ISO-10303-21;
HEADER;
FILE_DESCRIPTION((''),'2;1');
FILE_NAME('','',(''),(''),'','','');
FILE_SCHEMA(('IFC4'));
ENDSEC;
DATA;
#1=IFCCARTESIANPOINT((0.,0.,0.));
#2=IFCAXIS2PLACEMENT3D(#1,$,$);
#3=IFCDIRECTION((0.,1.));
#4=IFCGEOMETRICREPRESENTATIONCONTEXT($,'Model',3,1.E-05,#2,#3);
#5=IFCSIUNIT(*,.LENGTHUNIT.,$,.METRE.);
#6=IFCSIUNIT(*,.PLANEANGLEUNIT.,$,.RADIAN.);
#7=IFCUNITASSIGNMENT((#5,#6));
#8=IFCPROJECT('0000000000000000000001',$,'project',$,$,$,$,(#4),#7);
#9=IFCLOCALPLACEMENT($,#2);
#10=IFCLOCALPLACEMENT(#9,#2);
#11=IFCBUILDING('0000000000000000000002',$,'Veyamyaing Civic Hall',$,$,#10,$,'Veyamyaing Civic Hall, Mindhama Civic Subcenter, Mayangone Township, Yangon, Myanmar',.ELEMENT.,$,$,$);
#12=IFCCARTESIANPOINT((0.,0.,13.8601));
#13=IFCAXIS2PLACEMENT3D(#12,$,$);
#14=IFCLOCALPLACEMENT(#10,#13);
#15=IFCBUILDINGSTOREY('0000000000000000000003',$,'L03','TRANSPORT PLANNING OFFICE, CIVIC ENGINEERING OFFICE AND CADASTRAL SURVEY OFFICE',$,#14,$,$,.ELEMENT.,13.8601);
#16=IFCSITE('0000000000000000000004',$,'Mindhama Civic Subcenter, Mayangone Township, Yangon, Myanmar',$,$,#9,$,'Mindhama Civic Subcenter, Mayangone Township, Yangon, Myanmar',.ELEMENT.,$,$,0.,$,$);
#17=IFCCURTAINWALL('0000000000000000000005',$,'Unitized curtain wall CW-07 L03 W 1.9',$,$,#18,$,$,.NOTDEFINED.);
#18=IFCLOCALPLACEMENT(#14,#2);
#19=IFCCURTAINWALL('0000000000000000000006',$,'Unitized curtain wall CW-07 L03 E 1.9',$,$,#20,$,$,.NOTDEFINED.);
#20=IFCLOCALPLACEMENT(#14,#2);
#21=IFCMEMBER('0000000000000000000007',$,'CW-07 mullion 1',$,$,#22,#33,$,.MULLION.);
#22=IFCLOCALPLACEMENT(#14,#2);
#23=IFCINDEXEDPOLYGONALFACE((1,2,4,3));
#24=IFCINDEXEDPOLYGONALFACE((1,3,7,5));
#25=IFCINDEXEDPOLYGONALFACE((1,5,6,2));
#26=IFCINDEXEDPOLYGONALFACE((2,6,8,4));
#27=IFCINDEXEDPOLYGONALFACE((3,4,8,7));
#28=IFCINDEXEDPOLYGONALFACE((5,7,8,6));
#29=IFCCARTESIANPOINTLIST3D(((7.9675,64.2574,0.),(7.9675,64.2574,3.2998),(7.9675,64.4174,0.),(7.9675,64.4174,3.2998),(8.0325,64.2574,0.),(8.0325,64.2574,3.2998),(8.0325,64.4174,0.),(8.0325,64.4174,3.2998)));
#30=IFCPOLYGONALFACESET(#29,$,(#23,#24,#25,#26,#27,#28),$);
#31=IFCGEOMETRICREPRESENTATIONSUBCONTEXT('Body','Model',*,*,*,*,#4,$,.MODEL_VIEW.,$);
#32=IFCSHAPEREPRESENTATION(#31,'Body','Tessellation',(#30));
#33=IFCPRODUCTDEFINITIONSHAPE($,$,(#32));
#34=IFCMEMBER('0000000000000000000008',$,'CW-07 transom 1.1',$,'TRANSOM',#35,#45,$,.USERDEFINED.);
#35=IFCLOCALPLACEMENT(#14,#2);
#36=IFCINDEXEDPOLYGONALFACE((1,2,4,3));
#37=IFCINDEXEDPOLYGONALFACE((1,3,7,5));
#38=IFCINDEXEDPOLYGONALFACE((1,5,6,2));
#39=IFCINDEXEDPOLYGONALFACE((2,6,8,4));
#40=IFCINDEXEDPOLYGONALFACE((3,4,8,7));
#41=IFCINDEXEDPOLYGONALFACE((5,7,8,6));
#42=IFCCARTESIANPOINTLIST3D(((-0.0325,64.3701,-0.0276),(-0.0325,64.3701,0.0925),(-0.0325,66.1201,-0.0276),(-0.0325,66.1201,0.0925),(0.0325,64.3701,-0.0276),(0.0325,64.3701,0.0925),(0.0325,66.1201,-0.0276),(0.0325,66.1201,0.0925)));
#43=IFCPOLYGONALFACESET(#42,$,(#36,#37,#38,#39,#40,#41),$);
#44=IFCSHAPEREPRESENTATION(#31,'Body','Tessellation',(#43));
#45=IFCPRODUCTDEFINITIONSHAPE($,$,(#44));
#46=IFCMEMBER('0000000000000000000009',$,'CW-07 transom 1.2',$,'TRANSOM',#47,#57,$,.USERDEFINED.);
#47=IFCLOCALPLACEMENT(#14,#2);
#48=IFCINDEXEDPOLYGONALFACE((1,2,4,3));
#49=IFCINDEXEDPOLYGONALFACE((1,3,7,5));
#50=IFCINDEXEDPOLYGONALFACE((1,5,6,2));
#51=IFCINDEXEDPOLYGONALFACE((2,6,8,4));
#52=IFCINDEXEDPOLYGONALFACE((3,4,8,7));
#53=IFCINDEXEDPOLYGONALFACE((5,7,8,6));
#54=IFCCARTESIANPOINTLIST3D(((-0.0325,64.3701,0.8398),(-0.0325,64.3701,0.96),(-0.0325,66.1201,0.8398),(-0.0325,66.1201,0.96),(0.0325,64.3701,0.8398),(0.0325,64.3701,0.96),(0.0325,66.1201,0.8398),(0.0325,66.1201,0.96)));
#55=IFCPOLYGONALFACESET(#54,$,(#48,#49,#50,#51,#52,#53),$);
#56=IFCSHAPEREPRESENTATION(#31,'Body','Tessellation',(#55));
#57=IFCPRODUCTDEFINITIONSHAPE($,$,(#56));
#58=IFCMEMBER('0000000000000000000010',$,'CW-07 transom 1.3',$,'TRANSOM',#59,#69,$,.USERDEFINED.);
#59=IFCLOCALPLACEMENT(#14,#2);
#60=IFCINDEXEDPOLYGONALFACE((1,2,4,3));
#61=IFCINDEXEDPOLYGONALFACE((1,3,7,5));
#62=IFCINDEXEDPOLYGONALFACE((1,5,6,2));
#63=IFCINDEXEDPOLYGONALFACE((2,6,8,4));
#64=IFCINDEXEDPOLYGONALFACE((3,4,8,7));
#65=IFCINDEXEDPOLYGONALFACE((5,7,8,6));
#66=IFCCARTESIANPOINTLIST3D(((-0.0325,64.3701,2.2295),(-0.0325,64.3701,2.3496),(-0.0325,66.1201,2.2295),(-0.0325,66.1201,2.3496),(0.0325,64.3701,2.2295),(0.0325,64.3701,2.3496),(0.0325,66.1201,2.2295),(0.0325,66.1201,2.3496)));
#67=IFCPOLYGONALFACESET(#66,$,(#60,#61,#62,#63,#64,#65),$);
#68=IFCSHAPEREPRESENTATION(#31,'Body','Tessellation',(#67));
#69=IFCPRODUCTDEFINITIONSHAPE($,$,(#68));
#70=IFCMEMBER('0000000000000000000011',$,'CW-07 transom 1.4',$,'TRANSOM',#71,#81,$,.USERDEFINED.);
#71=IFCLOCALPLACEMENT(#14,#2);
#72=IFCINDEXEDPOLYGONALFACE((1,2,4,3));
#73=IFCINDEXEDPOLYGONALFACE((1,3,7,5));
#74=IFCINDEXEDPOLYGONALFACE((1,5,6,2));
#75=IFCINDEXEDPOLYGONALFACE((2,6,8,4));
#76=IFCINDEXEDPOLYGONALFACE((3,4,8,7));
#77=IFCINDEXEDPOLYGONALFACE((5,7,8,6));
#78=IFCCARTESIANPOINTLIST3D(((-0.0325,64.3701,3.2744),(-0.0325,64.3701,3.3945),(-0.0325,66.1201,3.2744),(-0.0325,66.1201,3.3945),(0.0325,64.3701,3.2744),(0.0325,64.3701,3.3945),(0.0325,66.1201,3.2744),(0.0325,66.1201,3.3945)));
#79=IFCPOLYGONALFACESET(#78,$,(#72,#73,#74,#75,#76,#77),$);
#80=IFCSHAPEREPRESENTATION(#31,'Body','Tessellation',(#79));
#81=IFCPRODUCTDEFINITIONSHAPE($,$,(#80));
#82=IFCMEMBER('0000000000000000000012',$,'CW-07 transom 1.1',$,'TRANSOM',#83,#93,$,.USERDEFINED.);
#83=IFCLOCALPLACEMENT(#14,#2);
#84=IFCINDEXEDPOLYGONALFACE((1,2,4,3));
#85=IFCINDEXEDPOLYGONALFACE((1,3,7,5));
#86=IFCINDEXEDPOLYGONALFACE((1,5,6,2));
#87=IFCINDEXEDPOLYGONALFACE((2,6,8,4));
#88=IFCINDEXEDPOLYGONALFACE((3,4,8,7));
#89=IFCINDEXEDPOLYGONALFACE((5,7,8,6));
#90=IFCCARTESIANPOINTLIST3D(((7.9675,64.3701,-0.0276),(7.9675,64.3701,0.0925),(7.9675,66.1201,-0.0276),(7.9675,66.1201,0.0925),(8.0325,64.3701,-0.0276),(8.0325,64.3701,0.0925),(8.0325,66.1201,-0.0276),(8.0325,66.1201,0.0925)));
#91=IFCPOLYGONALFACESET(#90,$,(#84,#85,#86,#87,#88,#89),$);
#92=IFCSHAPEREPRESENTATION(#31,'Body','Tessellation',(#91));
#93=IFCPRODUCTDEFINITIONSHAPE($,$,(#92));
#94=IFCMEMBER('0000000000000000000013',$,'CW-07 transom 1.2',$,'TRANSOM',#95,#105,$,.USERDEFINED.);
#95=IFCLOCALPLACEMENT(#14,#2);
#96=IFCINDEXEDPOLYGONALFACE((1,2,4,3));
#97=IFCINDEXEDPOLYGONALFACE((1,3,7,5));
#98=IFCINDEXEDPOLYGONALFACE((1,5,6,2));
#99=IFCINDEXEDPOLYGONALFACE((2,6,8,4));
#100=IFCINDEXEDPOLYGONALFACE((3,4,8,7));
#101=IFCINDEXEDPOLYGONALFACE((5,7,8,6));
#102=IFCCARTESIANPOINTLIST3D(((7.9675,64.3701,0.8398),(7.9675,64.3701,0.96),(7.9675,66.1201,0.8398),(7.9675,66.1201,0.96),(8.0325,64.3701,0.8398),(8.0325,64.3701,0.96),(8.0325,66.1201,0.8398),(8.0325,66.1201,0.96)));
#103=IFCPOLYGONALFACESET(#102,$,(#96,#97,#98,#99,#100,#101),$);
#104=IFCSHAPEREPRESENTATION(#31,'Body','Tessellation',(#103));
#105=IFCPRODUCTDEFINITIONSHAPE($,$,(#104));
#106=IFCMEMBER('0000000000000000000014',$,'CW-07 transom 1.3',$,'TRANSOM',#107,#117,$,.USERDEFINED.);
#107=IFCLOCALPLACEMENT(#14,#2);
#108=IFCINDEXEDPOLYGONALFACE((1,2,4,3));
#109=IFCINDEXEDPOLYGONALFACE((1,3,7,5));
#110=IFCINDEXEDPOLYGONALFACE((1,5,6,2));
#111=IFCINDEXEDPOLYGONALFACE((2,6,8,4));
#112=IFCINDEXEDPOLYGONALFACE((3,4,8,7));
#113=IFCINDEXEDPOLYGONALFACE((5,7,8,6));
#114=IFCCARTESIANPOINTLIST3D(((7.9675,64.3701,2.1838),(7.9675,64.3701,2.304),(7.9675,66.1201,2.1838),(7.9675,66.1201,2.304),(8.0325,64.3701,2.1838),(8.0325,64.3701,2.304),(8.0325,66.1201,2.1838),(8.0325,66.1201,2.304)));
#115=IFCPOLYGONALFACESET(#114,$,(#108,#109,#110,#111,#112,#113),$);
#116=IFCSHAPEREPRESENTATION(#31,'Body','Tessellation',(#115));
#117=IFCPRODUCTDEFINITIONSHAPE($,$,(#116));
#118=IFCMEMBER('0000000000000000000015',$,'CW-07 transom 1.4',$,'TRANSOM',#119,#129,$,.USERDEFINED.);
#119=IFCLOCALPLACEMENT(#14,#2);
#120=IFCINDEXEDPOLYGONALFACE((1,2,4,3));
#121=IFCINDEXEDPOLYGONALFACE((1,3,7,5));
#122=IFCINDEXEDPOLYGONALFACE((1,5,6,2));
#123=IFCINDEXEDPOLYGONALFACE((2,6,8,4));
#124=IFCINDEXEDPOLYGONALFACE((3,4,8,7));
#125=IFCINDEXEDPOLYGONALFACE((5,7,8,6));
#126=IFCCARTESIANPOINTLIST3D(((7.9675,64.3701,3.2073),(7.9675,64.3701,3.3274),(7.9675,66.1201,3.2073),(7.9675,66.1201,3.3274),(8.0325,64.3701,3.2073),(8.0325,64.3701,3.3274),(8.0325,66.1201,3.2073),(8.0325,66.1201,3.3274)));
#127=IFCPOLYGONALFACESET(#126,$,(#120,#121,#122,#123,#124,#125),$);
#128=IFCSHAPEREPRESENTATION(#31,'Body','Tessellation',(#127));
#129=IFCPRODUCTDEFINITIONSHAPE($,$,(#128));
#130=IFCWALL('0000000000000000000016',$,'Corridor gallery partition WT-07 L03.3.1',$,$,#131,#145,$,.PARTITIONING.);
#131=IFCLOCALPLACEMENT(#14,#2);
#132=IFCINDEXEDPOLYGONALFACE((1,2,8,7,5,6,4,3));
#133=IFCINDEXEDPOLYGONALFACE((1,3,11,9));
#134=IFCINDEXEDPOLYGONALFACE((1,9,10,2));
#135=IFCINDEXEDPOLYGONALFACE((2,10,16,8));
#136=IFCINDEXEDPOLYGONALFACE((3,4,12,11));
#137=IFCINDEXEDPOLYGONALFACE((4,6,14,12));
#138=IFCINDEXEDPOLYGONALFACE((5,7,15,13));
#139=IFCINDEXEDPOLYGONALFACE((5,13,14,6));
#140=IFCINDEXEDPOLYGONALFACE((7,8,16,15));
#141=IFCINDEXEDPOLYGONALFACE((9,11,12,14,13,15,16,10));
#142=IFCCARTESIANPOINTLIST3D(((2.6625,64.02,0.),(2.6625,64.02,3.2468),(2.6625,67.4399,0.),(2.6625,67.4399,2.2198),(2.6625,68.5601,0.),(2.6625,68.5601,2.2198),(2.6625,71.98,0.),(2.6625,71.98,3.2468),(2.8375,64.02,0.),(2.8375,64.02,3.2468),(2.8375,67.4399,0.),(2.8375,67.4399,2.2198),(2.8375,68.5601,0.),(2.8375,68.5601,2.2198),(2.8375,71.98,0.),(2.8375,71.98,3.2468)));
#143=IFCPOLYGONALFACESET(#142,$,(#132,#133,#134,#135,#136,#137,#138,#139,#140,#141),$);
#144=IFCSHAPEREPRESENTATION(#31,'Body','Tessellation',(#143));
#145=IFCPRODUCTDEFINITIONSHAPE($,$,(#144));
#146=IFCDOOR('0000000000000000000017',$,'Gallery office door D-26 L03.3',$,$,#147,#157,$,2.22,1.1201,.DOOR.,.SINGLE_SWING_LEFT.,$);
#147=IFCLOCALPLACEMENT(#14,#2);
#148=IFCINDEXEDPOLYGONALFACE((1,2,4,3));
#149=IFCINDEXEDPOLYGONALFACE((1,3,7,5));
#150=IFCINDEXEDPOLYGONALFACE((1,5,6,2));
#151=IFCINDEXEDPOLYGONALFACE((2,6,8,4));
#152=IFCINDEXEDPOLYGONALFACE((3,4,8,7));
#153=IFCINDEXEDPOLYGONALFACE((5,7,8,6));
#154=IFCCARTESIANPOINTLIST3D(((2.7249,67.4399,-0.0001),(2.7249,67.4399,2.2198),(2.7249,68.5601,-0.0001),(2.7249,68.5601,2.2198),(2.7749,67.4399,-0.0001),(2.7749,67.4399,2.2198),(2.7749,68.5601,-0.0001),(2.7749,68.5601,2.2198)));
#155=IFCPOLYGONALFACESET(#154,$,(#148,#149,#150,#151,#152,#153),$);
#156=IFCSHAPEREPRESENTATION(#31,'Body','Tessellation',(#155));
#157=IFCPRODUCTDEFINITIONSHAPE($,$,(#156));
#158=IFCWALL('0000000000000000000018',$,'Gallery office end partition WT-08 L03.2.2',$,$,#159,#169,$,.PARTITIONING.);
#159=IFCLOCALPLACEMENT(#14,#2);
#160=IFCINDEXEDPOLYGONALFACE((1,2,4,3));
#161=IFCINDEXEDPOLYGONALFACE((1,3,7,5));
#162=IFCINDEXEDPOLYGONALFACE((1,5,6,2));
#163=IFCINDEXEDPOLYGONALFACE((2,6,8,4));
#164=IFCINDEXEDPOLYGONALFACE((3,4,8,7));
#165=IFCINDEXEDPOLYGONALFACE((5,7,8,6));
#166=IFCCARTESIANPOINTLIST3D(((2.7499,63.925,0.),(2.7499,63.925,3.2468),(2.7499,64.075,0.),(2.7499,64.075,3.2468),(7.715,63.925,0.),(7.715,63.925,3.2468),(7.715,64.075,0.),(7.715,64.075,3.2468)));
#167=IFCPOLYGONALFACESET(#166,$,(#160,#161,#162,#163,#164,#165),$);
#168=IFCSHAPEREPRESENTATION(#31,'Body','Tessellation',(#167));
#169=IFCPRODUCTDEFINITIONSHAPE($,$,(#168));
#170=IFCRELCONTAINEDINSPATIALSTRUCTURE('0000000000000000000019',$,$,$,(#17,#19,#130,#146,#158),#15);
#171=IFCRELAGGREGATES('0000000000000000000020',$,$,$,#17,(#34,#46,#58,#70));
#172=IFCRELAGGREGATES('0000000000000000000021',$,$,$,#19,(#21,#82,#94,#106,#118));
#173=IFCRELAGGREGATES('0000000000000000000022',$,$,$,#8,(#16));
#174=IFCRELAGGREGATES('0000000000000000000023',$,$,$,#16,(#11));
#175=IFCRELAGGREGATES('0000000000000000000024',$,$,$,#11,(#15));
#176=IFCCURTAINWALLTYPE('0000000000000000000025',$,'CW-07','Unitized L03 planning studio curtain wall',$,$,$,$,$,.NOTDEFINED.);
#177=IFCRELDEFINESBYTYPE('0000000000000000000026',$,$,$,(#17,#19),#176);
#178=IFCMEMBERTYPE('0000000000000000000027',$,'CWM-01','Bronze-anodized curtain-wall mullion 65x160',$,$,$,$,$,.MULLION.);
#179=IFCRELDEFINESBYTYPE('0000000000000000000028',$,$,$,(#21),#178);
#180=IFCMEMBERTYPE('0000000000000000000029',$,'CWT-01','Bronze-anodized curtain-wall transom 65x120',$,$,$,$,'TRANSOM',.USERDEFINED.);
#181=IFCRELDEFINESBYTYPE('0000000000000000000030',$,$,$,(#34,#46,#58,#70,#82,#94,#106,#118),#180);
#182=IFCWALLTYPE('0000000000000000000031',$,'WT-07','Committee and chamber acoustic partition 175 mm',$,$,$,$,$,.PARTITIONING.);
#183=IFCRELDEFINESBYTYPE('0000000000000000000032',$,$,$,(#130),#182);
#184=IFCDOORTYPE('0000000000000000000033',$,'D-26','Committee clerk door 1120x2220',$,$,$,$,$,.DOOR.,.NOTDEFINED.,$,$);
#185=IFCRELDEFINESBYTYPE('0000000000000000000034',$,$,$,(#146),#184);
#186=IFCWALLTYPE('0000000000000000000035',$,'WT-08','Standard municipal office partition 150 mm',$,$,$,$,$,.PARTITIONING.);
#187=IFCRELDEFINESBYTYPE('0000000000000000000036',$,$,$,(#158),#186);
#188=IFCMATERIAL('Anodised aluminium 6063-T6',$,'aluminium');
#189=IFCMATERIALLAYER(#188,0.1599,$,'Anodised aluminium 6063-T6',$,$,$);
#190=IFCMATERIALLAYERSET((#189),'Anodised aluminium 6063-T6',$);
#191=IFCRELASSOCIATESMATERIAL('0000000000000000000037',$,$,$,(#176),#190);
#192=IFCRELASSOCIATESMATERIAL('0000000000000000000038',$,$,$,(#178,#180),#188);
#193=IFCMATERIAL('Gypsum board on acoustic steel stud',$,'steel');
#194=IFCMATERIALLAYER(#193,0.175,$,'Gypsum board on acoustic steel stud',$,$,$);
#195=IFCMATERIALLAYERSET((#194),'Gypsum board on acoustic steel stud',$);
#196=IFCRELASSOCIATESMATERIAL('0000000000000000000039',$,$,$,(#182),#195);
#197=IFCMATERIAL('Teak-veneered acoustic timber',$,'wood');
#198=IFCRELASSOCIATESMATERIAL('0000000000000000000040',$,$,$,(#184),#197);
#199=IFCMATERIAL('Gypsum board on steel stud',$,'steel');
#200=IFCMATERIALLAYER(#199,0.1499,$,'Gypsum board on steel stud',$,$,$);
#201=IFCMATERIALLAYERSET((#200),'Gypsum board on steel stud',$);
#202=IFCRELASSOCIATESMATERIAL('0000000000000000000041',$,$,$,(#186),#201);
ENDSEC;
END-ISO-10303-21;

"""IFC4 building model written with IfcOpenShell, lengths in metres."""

from ifc_helpers import new_model, si_unit, direction, frame, frame_2d, origin, origin_2d, place, context, subcontext, project, spatial, rectangle, extrude, material, layer, layer_set, material_profile, profile_set, type_object, element, fill, aggregate, save


model = new_model("IFC4")

# Units and contexts
model_context = context("Model", 3, precision=1e-05, world=origin(), true_north=direction((0.0, 1.0)))
body_context = subcontext(model_context, "Body", "Model", "MODEL_VIEW")
ifc_project = project(units=[si_unit("LENGTHUNIT", "METRE"), si_unit("PLANEANGLEUNIT", "RADIAN")], contexts=[model_context])

# Site, building, storey
site_placement = place(None, origin())
site = spatial("IfcSite", under=ifc_project, at=site_placement, Name="Mindhama Civic Subcenter, Mayangone Township, Yangon, Myanmar", LongName="Mindhama Civic Subcenter, Mayangone Township, Yangon, Myanmar", CompositionType="ELEMENT", RefElevation=0.0)
building_placement = place(site_placement, origin())
building = spatial("IfcBuilding", under=site, at=building_placement, Name="Veyamyaing Civic Hall", LongName="Veyamyaing Civic Hall, Mindhama Civic Subcenter, Mayangone Township, Yangon, Myanmar", CompositionType="ELEMENT")
storey_placement = place(building_placement, frame((0.0, 0.0, 13.8601)))
storey = spatial("IfcBuildingStorey", under=building, at=storey_placement, Name="L03", Description="TRANSPORT PLANNING OFFICE, CIVIC ENGINEERING OFFICE AND CADASTRAL SURVEY OFFICE", CompositionType="ELEMENT", Elevation=13.8601)

# Curtain walls, member
ifc_material_1 = material(Name="Anodised aluminium 6063-T6", Category="aluminium")
ifc_layer_1 = layer(ifc_material_1, 0.1599, Name="Anodised aluminium 6063-T6")
ifc_layer_set_1 = layer_set([ifc_layer_1], Name="Anodised aluminium 6063-T6")
curtain_wall_type = type_object("IfcCurtainWallType", Name="CW-07", Description="Unitized L03 planning studio curtain wall", PredefinedType="NOTDEFINED", material=ifc_layer_set_1)
curtain_wall_1_placement = place(storey_placement, origin())
curtain_wall_1 = element("IfcCurtainWall", 1, at=curtain_wall_1_placement, inside=storey, type_object=curtain_wall_type, Name="Unitized curtain wall CW-07 L03 W 1.9", PredefinedType="NOTDEFINED")
ifc_material_profile_1 = material_profile(ifc_material_1, rectangle(XDim=0.0649, YDim=0.1599, at=origin_2d()), Name="ALU-MUL-65X160")
ifc_profile_set_1 = profile_set([ifc_material_profile_1], Name="Anodised aluminium 6063-T6")
member_type_1 = type_object("IfcMemberType", Name="CWM-01", Description="Bronze-anodized curtain-wall mullion 65x160", PredefinedType="MULLION", material=ifc_profile_set_1)
curtain_wall_2_placement = place(storey_placement, origin())
curtain_wall_2 = element("IfcCurtainWall", 2, at=curtain_wall_2_placement, inside=storey, type_object=curtain_wall_type, Name="Unitized curtain wall CW-07 L03 E 1.9", PredefinedType="NOTDEFINED")
member_1_placement = place(storey_placement, frame((8.0, 64.3374, 0.0), z_axis=(0.0, 0.0, 1.0), x_axis=(-1.0, 0.0, 0.0)))
member_1 = element("IfcMember", 3, at=member_1_placement, type_object=member_type_1, Name="CW-07 mullion 1", PredefinedType="MULLION", context=body_context, shape_type="SweptSolid", body=[
    extrude(rectangle(XDim=0.0649, YDim=0.1599, at=origin_2d()), origin(), (0.0, 0.0, 1.0), 3.2998),
])

# Members
ifc_material_profile_2 = material_profile(ifc_material_1, rectangle(XDim=0.0649, YDim=0.1201, at=origin_2d()), Name="ALU-TRN-65X120")
ifc_profile_set_2 = profile_set([ifc_material_profile_2], Name="Anodised aluminium 6063-T6")
member_type_2 = type_object("IfcMemberType", Name="CWT-01", Description="Bronze-anodized curtain-wall transom 65x120", ElementType="TRANSOM", PredefinedType="USERDEFINED", material=ifc_profile_set_2)
member_2_placement = place(storey_placement, frame((0.0, 64.3701, 0.0325), z_axis=(0.0, 1.0, 0.0), x_axis=(-1.0, 0.0, 0.0)))
member_2 = element("IfcMember", 4, at=member_2_placement, type_object=member_type_2, Name="CW-07 transom 1.1", ObjectType="TRANSOM", PredefinedType="USERDEFINED", context=body_context, shape_type="SweptSolid", body=[
    extrude(rectangle(XDim=0.0649, YDim=0.1201, at=origin_2d()), origin(), (0.0, 0.0, 1.0), 1.75),
])
member_3_placement = place(storey_placement, frame((0.0, 64.3701, 0.8999), z_axis=(0.0, 1.0, 0.0), x_axis=(-1.0, 0.0, 0.0)))
member_3 = element("IfcMember", 5, at=member_3_placement, type_object=member_type_2, Name="CW-07 transom 1.2", ObjectType="TRANSOM", PredefinedType="USERDEFINED", context=body_context, shape_type="SweptSolid", body=[
    extrude(rectangle(XDim=0.0649, YDim=0.1201, at=origin_2d()), origin(), (0.0, 0.0, 1.0), 1.75),
])
member_4_placement = place(storey_placement, frame((0.0, 64.3701, 2.2896), z_axis=(0.0, 1.0, 0.0), x_axis=(-1.0, 0.0, 0.0)))
member_4 = element("IfcMember", 6, at=member_4_placement, type_object=member_type_2, Name="CW-07 transom 1.3", ObjectType="TRANSOM", PredefinedType="USERDEFINED", context=body_context, shape_type="SweptSolid", body=[
    extrude(rectangle(XDim=0.0649, YDim=0.1201, at=origin_2d()), origin(), (0.0, 0.0, 1.0), 1.75),
])
member_5_placement = place(storey_placement, frame((0.0, 64.3701, 3.3345), z_axis=(0.0, 1.0, 0.0), x_axis=(-1.0, 0.0, 0.0)))
member_5 = element("IfcMember", 7, at=member_5_placement, type_object=member_type_2, Name="CW-07 transom 1.4", ObjectType="TRANSOM", PredefinedType="USERDEFINED", context=body_context, shape_type="SweptSolid", body=[
    extrude(rectangle(XDim=0.0649, YDim=0.1201, at=origin_2d()), origin(), (0.0, 0.0, 1.0), 1.75),
])
aggregate(curtain_wall_1, [member_2, member_3, member_4, member_5])
member_6_placement = place(storey_placement, frame((8.0, 64.3701, 0.0325), z_axis=(0.0, 1.0, 0.0), x_axis=(-1.0, 0.0, 0.0)))
member_6 = element("IfcMember", 8, at=member_6_placement, type_object=member_type_2, Name="CW-07 transom 1.1", ObjectType="TRANSOM", PredefinedType="USERDEFINED", context=body_context, shape_type="SweptSolid", body=[
    extrude(rectangle(XDim=0.0649, YDim=0.1201, at=origin_2d()), origin(), (0.0, 0.0, 1.0), 1.75),
])
member_7_placement = place(storey_placement, frame((8.0, 64.3701, 0.8999), z_axis=(0.0, 1.0, 0.0), x_axis=(-1.0, 0.0, 0.0)))
member_7 = element("IfcMember", 9, at=member_7_placement, type_object=member_type_2, Name="CW-07 transom 1.2", ObjectType="TRANSOM", PredefinedType="USERDEFINED", context=body_context, shape_type="SweptSolid", body=[
    extrude(rectangle(XDim=0.0649, YDim=0.1201, at=origin_2d()), origin(), (0.0, 0.0, 1.0), 1.75),
])
member_8_placement = place(storey_placement, frame((8.0, 64.3701, 2.2439), z_axis=(0.0, 1.0, 0.0), x_axis=(-1.0, 0.0, 0.0)))
member_8 = element("IfcMember", 10, at=member_8_placement, type_object=member_type_2, Name="CW-07 transom 1.3", ObjectType="TRANSOM", PredefinedType="USERDEFINED", context=body_context, shape_type="SweptSolid", body=[
    extrude(rectangle(XDim=0.0649, YDim=0.1201, at=origin_2d()), origin(), (0.0, 0.0, 1.0), 1.75),
])
member_9_placement = place(storey_placement, frame((8.0, 64.3701, 3.2673), z_axis=(0.0, 1.0, 0.0), x_axis=(-1.0, 0.0, 0.0)))
member_9 = element("IfcMember", 11, at=member_9_placement, type_object=member_type_2, Name="CW-07 transom 1.4", ObjectType="TRANSOM", PredefinedType="USERDEFINED", context=body_context, shape_type="SweptSolid", body=[
    extrude(rectangle(XDim=0.0649, YDim=0.1201, at=origin_2d()), origin(), (0.0, 0.0, 1.0), 1.75),
])
aggregate(curtain_wall_2, [member_1, member_6, member_7, member_8, member_9])

# Wall, opening, door
ifc_material_2 = material(Name="Gypsum board on acoustic steel stud", Category="steel")
ifc_layer_2 = layer(ifc_material_2, 0.175, Name="Gypsum board on acoustic steel stud")
ifc_layer_set_2 = layer_set([ifc_layer_2], Name="Gypsum board on acoustic steel stud")
wall_type_1 = type_object("IfcWallType", Name="WT-07", Description="Committee and chamber acoustic partition 175 mm", PredefinedType="PARTITIONING", material=ifc_layer_set_2)
wall_1_placement = place(storey_placement, frame((2.75, 64.02, 0.0), z_axis=(0.0, 0.0, 1.0), x_axis=(0.0, 1.0, 0.0)))
wall_1 = element("IfcWall", 12, at=wall_1_placement, inside=storey, type_object=wall_type_1, Name="Corridor gallery partition WT-07 L03.3.1", PredefinedType="PARTITIONING", context=body_context, shape_type="SweptSolid", body=[
    extrude(rectangle(XDim=7.96, YDim=0.175, at=frame_2d((3.98, 0.0))), origin(), (0.0, 0.0, 1.0), 3.2468),
])
opening_placement = place(wall_1_placement, frame((3.4199, 0.0, 0.0)))
opening = element("IfcOpeningElement", 13, at=opening_placement, cuts=wall_1, PredefinedType="OPENING", context=body_context, shape_type="SweptSolid", body=[
    extrude(rectangle(XDim=1.1201, YDim=2.22, at=frame_2d((0.5601, 1.1099))), frame((0.0, 0.0974, 0.0), z_axis=(0.0, -1.0, 0.0), x_axis=(1.0, 0.0, 0.0)), (0.0, 0.0, 1.0), 0.1951),
])
ifc_material_3 = material(Name="Teak-veneered acoustic timber", Category="wood")
door_type = type_object("IfcDoorType", Name="D-26", Description="Committee clerk door 1120x2220", OperationType="NOTDEFINED", PredefinedType="DOOR", material=ifc_material_3)
door_placement = place(opening_placement, frame((1.1201, 0.0, 0.0), z_axis=(0.0, 0.0, 1.0), x_axis=(-1.0, 0.0, 0.0)))
door = element("IfcDoor", 14, at=door_placement, inside=storey, type_object=door_type, Name="Gallery office door D-26 L03.3", OperationType="SINGLE_SWING_LEFT", OverallHeight=2.22, OverallWidth=1.1201, PredefinedType="DOOR", context=body_context, shape_type="SweptSolid", body=[
    extrude(rectangle(XDim=1.1201, YDim=2.22, at=frame_2d((0.5601, 1.1099))), frame((0.0, 0.0249, 0.0), z_axis=(0.0, -1.0, 0.0), x_axis=(1.0, 0.0, 0.0)), (0.0, 0.0, 1.0), 0.05),
])
fill(opening, door)

# Wall
ifc_material_4 = material(Name="Gypsum board on steel stud", Category="steel")
ifc_layer_3 = layer(ifc_material_4, 0.1499, Name="Gypsum board on steel stud")
ifc_layer_set_3 = layer_set([ifc_layer_3], Name="Gypsum board on steel stud")
wall_type_2 = type_object("IfcWallType", Name="WT-08", Description="Standard municipal office partition 150 mm", PredefinedType="PARTITIONING", material=ifc_layer_set_3)
wall_2_placement = place(storey_placement, frame((2.75, 64.0, 0.0), z_axis=(0.0, 0.0, 1.0), x_axis=(1.0, 0.0, 0.0)))
element("IfcWall", 15, at=wall_2_placement, inside=storey, type_object=wall_type_2, Name="Gallery office end partition WT-08 L03.2.2", PredefinedType="PARTITIONING", context=body_context, shape_type="SweptSolid", body=[
    extrude(rectangle(XDim=4.9651, YDim=0.1499, at=frame_2d((2.4824, 0.0))), origin(), (0.0, 0.0, 1.0), 3.2468),
])

save(model, "model.ifc")
